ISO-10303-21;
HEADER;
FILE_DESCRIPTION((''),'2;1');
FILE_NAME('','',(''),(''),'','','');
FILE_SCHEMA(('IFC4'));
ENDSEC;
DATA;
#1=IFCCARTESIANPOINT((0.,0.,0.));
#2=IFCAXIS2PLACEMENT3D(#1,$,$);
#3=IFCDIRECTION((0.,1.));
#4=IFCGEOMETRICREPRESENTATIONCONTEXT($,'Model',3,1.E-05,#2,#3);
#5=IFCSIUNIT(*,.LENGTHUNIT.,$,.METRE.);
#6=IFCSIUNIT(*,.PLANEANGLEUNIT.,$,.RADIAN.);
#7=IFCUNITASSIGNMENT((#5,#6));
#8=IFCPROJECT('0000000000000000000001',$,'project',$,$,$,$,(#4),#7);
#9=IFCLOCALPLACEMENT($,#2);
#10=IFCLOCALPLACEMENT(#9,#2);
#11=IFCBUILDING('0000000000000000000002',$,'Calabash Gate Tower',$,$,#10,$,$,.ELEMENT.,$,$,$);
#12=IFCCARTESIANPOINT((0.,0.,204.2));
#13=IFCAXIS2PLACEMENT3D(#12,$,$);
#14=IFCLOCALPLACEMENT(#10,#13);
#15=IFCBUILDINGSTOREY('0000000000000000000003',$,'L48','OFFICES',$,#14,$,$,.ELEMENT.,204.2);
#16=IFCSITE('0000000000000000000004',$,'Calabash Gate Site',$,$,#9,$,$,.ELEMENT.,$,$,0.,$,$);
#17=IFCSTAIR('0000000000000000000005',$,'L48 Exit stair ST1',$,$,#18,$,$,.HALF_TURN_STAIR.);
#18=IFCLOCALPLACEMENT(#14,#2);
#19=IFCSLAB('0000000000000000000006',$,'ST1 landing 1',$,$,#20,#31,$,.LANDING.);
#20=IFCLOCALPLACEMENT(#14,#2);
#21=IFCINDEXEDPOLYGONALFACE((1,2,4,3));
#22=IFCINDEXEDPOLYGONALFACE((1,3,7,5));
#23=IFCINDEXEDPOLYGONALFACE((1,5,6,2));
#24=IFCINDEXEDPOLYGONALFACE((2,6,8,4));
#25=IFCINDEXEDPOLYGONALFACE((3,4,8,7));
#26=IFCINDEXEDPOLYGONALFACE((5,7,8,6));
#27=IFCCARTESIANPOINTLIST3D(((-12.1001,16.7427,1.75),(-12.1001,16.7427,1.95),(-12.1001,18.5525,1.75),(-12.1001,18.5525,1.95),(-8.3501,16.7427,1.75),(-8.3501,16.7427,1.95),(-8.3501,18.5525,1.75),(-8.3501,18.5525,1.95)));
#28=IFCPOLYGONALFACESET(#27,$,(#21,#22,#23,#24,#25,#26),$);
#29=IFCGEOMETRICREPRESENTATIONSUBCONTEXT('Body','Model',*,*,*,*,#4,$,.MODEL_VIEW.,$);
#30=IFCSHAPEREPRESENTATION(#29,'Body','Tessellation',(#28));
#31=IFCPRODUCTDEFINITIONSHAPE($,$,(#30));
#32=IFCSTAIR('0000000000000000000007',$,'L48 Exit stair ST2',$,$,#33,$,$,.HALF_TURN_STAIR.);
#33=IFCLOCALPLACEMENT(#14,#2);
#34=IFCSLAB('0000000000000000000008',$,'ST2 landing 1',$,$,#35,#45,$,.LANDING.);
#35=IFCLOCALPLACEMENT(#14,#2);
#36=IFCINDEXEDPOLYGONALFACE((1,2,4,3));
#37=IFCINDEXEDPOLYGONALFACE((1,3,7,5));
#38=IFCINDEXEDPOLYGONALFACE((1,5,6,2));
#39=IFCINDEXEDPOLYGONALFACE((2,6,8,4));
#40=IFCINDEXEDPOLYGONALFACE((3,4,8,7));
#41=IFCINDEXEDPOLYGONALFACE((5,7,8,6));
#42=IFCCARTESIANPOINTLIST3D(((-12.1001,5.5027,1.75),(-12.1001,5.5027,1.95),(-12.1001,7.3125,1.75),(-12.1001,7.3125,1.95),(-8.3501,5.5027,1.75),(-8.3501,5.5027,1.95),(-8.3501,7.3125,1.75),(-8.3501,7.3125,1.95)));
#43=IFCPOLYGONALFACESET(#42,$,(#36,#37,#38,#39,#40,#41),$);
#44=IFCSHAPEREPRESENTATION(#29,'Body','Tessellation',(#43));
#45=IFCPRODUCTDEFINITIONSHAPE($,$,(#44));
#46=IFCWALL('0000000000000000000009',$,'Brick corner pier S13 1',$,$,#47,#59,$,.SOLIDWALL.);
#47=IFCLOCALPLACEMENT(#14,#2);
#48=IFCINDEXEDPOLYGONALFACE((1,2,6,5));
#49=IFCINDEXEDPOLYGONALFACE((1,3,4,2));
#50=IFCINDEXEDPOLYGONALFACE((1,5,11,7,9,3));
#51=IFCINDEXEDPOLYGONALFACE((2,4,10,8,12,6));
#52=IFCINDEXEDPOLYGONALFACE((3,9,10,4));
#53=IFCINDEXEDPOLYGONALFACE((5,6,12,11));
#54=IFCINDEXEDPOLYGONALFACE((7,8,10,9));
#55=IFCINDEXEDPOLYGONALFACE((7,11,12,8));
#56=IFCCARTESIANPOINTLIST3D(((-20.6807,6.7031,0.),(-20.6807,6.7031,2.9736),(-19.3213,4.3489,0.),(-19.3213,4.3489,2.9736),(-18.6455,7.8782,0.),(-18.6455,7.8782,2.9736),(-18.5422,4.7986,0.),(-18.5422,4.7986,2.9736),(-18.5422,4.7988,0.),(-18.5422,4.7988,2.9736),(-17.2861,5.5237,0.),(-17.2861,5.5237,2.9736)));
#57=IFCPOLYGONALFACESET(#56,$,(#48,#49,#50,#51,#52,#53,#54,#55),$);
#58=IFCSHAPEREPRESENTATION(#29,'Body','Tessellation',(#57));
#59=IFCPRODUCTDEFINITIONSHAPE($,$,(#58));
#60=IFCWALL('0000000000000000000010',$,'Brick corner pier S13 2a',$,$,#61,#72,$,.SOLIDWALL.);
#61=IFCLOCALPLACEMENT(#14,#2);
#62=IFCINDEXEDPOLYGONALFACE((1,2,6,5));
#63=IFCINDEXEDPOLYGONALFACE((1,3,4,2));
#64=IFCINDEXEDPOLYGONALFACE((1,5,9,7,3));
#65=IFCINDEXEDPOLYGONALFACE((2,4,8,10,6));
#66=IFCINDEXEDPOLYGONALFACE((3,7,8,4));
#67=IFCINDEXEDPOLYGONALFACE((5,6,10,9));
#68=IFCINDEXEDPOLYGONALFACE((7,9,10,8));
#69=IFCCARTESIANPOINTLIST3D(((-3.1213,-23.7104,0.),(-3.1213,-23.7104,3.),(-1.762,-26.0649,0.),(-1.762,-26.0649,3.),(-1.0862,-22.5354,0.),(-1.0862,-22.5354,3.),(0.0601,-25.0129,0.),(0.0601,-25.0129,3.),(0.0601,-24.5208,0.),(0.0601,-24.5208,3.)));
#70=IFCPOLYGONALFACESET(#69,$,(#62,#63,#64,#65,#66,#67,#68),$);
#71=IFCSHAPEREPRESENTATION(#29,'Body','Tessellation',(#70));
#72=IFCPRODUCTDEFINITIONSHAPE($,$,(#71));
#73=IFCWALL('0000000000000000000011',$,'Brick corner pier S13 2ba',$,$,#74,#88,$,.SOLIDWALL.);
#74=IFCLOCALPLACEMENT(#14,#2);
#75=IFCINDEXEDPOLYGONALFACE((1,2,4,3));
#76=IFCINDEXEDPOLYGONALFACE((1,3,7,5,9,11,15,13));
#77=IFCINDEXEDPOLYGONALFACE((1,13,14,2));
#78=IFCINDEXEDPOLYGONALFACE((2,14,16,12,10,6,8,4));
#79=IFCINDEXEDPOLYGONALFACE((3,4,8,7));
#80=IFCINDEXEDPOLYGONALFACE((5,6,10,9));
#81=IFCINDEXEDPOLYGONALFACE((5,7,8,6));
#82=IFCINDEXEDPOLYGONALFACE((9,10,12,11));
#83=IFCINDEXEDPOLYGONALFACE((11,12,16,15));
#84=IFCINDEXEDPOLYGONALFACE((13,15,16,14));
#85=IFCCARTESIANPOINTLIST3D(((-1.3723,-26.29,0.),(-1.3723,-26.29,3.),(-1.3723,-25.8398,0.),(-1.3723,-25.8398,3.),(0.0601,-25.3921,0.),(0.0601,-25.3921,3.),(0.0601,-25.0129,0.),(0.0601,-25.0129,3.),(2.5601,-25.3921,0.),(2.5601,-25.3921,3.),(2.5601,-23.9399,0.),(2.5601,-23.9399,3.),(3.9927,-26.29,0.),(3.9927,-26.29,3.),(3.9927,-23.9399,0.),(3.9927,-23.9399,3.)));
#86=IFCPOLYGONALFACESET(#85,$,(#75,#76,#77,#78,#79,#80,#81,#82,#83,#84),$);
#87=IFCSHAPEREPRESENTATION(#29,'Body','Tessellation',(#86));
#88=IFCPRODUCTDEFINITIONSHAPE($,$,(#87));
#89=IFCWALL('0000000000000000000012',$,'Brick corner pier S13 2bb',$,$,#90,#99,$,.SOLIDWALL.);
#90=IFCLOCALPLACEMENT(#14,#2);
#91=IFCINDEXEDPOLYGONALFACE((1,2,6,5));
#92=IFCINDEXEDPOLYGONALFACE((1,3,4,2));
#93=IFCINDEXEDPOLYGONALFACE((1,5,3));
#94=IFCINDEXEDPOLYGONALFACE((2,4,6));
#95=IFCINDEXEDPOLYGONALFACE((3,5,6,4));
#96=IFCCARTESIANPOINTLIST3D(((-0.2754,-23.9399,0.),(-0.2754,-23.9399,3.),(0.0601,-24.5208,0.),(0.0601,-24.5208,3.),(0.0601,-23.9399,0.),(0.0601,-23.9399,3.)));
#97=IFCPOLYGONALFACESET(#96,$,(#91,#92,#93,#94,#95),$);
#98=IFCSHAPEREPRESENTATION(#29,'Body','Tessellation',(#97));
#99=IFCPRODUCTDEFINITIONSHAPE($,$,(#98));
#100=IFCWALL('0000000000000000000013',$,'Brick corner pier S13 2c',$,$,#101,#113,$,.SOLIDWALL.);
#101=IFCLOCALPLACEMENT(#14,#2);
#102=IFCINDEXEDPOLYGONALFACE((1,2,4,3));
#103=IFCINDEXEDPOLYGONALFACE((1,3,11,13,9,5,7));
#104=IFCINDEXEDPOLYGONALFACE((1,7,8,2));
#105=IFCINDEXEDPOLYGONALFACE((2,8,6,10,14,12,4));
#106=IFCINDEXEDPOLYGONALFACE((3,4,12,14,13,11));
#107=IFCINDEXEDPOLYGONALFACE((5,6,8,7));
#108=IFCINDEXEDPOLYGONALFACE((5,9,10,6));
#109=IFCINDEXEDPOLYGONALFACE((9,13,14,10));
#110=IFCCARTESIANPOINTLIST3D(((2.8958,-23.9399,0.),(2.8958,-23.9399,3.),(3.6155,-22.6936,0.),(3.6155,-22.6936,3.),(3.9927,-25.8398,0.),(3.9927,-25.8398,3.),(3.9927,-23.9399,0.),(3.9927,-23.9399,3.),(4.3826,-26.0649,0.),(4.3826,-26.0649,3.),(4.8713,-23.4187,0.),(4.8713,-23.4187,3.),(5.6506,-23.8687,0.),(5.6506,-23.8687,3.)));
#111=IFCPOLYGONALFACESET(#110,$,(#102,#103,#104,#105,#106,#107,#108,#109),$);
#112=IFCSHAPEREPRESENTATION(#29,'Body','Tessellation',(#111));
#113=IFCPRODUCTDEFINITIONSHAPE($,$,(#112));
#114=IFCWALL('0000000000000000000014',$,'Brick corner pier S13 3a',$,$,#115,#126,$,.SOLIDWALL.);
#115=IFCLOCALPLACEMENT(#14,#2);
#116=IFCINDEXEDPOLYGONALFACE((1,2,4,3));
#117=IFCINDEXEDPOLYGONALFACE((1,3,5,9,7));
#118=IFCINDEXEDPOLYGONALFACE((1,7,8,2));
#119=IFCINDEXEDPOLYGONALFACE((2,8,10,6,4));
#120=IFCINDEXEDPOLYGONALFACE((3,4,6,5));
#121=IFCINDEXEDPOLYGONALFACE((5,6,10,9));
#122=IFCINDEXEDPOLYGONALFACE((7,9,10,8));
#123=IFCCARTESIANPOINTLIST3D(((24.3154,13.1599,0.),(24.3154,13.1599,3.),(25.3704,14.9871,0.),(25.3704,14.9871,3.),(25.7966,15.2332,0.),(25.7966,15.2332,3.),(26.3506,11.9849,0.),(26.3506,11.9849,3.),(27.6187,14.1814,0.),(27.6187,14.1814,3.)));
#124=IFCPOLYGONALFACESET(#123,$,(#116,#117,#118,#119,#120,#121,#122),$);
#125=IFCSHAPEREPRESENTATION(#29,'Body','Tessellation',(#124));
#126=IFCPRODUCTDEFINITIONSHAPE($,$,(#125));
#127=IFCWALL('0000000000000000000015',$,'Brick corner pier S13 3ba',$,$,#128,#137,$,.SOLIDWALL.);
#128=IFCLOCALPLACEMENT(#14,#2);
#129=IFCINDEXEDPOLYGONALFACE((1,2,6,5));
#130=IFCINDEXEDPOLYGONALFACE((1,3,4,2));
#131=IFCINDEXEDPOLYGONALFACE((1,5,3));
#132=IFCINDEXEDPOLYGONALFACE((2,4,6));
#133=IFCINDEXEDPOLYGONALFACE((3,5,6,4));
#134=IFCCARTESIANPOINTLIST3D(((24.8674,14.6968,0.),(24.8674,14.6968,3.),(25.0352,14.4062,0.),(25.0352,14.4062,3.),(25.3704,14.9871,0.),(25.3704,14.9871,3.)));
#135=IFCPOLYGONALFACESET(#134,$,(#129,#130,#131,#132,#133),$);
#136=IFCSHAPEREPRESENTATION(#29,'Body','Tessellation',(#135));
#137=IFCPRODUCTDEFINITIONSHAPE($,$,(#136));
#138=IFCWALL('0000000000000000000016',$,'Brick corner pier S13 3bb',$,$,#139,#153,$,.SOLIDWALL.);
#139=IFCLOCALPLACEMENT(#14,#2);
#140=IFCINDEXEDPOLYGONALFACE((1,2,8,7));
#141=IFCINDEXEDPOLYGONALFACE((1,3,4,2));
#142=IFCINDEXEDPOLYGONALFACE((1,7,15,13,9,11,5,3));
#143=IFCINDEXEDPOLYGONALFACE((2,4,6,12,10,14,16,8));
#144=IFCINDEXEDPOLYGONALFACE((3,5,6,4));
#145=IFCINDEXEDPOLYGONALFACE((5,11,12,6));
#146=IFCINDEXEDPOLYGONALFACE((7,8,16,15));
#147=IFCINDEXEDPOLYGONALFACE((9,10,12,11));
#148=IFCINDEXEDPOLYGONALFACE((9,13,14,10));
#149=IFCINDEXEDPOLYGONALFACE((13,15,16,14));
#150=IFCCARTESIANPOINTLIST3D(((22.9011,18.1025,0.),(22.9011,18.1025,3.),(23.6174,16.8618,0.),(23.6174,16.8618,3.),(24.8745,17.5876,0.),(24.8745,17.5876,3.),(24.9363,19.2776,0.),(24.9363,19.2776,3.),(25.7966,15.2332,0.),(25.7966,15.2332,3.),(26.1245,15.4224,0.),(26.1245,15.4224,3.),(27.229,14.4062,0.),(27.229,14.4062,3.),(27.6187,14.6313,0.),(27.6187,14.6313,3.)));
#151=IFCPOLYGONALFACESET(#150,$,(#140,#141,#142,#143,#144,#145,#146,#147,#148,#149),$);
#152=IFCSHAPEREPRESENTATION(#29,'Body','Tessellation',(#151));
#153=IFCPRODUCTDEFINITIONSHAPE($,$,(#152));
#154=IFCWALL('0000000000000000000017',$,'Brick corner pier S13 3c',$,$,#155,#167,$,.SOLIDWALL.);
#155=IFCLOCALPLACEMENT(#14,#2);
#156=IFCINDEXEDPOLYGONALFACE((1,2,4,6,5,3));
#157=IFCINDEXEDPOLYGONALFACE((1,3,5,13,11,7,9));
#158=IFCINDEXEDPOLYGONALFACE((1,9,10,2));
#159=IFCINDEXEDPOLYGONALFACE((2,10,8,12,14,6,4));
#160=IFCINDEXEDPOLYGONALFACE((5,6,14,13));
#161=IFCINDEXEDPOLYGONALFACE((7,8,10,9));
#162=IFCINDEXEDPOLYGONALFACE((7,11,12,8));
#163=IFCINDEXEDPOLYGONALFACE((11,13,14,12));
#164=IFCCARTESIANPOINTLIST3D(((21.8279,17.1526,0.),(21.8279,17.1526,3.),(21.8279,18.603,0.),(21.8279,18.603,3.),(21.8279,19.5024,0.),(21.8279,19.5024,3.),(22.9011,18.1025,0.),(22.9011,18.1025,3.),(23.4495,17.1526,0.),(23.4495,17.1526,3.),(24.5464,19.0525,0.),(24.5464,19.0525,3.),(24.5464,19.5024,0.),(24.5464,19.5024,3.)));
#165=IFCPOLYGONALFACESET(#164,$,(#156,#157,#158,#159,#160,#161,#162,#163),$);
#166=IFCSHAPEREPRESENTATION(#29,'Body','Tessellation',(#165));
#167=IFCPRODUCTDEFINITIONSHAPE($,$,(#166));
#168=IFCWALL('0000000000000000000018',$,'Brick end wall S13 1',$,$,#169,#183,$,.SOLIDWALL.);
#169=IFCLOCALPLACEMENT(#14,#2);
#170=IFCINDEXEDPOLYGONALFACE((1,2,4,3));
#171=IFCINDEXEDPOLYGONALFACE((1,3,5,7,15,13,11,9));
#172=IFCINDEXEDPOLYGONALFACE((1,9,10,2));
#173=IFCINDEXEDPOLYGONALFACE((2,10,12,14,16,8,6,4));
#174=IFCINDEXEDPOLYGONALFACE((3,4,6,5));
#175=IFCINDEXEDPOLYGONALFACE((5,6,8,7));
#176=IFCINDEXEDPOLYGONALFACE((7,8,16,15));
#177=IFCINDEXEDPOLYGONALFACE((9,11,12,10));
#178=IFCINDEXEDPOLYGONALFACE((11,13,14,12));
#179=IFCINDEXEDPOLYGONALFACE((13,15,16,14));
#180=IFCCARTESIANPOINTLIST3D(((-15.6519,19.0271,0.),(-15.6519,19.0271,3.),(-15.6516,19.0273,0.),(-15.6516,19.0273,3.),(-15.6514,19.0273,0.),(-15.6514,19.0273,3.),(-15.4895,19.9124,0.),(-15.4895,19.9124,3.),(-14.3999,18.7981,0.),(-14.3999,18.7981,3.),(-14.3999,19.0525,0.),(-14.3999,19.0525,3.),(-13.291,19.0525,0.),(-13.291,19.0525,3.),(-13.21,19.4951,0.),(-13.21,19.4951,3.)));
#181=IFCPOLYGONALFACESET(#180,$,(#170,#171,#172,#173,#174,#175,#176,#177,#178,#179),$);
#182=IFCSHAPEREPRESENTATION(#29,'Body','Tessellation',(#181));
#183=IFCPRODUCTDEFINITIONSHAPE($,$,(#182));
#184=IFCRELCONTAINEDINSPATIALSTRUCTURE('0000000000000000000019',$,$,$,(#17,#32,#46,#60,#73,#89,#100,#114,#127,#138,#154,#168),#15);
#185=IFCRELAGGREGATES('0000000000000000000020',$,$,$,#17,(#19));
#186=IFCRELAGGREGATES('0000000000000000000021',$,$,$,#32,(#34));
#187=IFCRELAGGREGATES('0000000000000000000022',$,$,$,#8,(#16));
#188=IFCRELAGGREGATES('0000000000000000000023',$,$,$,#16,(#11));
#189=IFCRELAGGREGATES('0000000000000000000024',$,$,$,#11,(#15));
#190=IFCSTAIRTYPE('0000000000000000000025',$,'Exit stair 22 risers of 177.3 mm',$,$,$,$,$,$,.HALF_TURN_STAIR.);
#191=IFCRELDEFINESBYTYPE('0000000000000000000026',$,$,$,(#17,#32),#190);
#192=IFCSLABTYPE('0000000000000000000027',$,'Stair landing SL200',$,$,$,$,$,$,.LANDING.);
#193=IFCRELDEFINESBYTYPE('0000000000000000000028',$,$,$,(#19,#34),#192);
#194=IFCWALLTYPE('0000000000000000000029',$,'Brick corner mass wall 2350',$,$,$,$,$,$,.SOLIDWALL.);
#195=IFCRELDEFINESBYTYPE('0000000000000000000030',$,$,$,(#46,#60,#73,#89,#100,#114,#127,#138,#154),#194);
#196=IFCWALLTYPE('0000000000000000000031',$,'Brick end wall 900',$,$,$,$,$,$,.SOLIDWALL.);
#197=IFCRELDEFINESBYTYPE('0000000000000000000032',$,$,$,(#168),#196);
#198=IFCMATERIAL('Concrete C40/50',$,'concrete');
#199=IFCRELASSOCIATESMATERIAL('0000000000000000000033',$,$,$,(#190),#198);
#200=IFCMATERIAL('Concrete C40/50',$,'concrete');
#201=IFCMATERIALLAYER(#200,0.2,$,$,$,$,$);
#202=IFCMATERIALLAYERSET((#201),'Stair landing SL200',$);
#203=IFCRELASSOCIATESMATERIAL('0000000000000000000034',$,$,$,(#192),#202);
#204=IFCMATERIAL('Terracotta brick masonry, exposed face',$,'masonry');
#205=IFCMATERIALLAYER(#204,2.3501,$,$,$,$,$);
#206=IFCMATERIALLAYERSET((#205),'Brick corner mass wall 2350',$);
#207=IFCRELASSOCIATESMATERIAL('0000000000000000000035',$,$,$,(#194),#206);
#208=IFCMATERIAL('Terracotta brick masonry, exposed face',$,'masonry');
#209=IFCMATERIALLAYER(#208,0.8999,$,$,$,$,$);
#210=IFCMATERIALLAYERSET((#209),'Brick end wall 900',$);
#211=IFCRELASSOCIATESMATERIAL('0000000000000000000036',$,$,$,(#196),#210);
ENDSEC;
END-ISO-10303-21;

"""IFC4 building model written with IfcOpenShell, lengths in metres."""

from ifc_helpers import new_model, si_unit, direction, frame, origin, place, context, subcontext, project, spatial, polyline, outline, extrude, material, layer, layer_set, type_object, element, aggregate, save


model = new_model("IFC4")

# Units and contexts
model_context = context("Model", 3, precision=1e-05, world=origin(), true_north=direction((0.0, 1.0)))
body_context = subcontext(model_context, "Body", "Model", "MODEL_VIEW")
ifc_project = project(units=[si_unit("LENGTHUNIT", "METRE"), si_unit("PLANEANGLEUNIT", "RADIAN")], contexts=[model_context])

# Site, building, storey
site_placement = place(None, origin())
site = spatial("IfcSite", under=ifc_project, at=site_placement, Name="Calabash Gate Site", CompositionType="ELEMENT", RefElevation=0.0)
building_placement = place(site_placement, origin())
building = spatial("IfcBuilding", under=site, at=building_placement, Name="Calabash Gate Tower", CompositionType="ELEMENT")
storey_placement = place(building_placement, frame((0.0, 0.0, 204.2)))
storey = spatial("IfcBuildingStorey", under=building, at=storey_placement, Name="L48", Description="OFFICES", CompositionType="ELEMENT", Elevation=204.2)

# Stairs, slabs
ifc_material_1 = material(Name="Concrete C40/50", Category="concrete")
stair_type = type_object("IfcStairType", Name="Exit stair 22 risers of 177.3 mm", PredefinedType="HALF_TURN_STAIR", material=ifc_material_1)
stair_1_placement = place(storey_placement, origin())
stair_1 = element("IfcStair", 1, at=stair_1_placement, inside=storey, type_object=stair_type, Name="L48 Exit stair ST1", PredefinedType="HALF_TURN_STAIR")
ifc_material_2 = material(Name="Concrete C40/50", Category="concrete")
ifc_layer_1 = layer(ifc_material_2, 0.2)
ifc_layer_set_1 = layer_set([ifc_layer_1], Name="Stair landing SL200")
slab_type = type_object("IfcSlabType", Name="Stair landing SL200", PredefinedType="LANDING", material=ifc_layer_set_1)
slab_1_placement = place(storey_placement, frame((0.0, 0.0, 1.75)))
slab_1 = element("IfcSlab", 2, at=slab_1_placement, type_object=slab_type, Name="ST1 landing 1", PredefinedType="LANDING", context=body_context, shape_type="SweptSolid", body=[
    extrude(outline(polyline([(-8.3501, 16.7427), (-8.3501, 18.5525), (-12.1001, 18.5525), (-12.1001, 16.7427), (-8.3501, 16.7427)])), origin(), (0.0, 0.0, 1.0), 0.2),
])
aggregate(stair_1, [slab_1])
stair_2_placement = place(storey_placement, origin())
stair_2 = element("IfcStair", 3, at=stair_2_placement, inside=storey, type_object=stair_type, Name="L48 Exit stair ST2", PredefinedType="HALF_TURN_STAIR")
slab_2_placement = place(storey_placement, frame((0.0, 0.0, 1.75)))
slab_2 = element("IfcSlab", 4, at=slab_2_placement, type_object=slab_type, Name="ST2 landing 1", PredefinedType="LANDING", context=body_context, shape_type="SweptSolid", body=[
    extrude(outline(polyline([(-12.1001, 7.3125), (-12.1001, 5.5027), (-8.3501, 5.5027), (-8.3501, 7.3125), (-12.1001, 7.3125)])), origin(), (0.0, 0.0, 1.0), 0.2),
])
aggregate(stair_2, [slab_2])

# Walls
ifc_material_3 = material(Name="Terracotta brick masonry, exposed face", Category="masonry")
ifc_layer_2 = layer(ifc_material_3, 2.3501)
ifc_layer_set_2 = layer_set([ifc_layer_2], Name="Brick corner mass wall 2350")
wall_type_1 = type_object("IfcWallType", Name="Brick corner mass wall 2350", PredefinedType="SOLIDWALL", material=ifc_layer_set_2)
wall_1_placement = place(storey_placement, origin())
element("IfcWall", 5, at=wall_1_placement, inside=storey, type_object=wall_type_1, Name="Brick corner pier S13 1", PredefinedType="SOLIDWALL", context=body_context, shape_type="SweptSolid", body=[
    extrude(outline(polyline([(-20.6807, 6.7031), (-19.3213, 4.3489), (-18.5422, 4.7988), (-18.5422, 4.7986), (-17.2861, 5.5237), (-18.6455, 7.8782), (-20.6807, 6.7031)])), origin(), (0.0, 0.0, 1.0), 2.9736),
])
wall_2_placement = place(storey_placement, origin())
element("IfcWall", 6, at=wall_2_placement, inside=storey, type_object=wall_type_1, Name="Brick corner pier S13 2a", PredefinedType="SOLIDWALL", context=body_context, shape_type="SweptSolid", body=[
    extrude(outline(polyline([(0.0601, -24.5208), (-1.0862, -22.5354), (-3.1213, -23.7104), (-1.762, -26.0649), (0.0601, -25.0129), (0.0601, -24.5208)])), origin(), (0.0, 0.0, 1.0), 3.0),
])
wall_3_placement = place(storey_placement, origin())
element("IfcWall", 7, at=wall_3_placement, inside=storey, type_object=wall_type_1, Name="Brick corner pier S13 2ba", PredefinedType="SOLIDWALL", context=body_context, shape_type="SweptSolid", body=[
    extrude(outline(polyline([(2.5601, -23.9399), (2.5601, -25.3921), (0.0601, -25.3921), (0.0601, -25.0129), (-1.3723, -25.8398), (-1.3723, -26.29), (3.9927, -26.29), (3.9927, -23.9399), (2.5601, -23.9399)])), origin(), (0.0, 0.0, 1.0), 3.0),
])
wall_4_placement = place(storey_placement, origin())
element("IfcWall", 8, at=wall_4_placement, inside=storey, type_object=wall_type_1, Name="Brick corner pier S13 2bb", PredefinedType="SOLIDWALL", context=body_context, shape_type="SweptSolid", body=[
    extrude(outline(polyline([(-0.2754, -23.9399), (0.0601, -24.5208), (0.0601, -23.9399), (-0.2754, -23.9399)])), origin(), (0.0, 0.0, 1.0), 3.0),
])
wall_5_placement = place(storey_placement, origin())
element("IfcWall", 9, at=wall_5_placement, inside=storey, type_object=wall_type_1, Name="Brick corner pier S13 2c", PredefinedType="SOLIDWALL", context=body_context, shape_type="SweptSolid", body=[
    extrude(outline(polyline([(4.8713, -23.4187), (3.6155, -22.6936), (2.8958, -23.9399), (3.9927, -23.9399), (3.9927, -25.8398), (4.3826, -26.0649), (5.6506, -23.8687), (4.8713, -23.4187), (4.8713, -23.4187)])), origin(), (0.0, 0.0, 1.0), 3.0),
])
wall_6_placement = place(storey_placement, origin())
element("IfcWall", 10, at=wall_6_placement, inside=storey, type_object=wall_type_1, Name="Brick corner pier S13 3a", PredefinedType="SOLIDWALL", context=body_context, shape_type="SweptSolid", body=[
    extrude(outline(polyline([(25.3704, 14.9871), (24.3154, 13.1599), (26.3506, 11.9849), (27.6187, 14.1814), (25.7966, 15.2332), (25.3704, 14.9871)])), origin(), (0.0, 0.0, 1.0), 3.0),
])
wall_7_placement = place(storey_placement, origin())
element("IfcWall", 11, at=wall_7_placement, inside=storey, type_object=wall_type_1, Name="Brick corner pier S13 3ba", PredefinedType="SOLIDWALL", context=body_context, shape_type="SweptSolid", body=[
    extrude(outline(polyline([(25.0352, 14.4062), (25.3704, 14.9871), (24.8674, 14.6968), (25.0352, 14.4062)])), origin(), (0.0, 0.0, 1.0), 3.0),
])
wall_8_placement = place(storey_placement, origin())
element("IfcWall", 12, at=wall_8_placement, inside=storey, type_object=wall_type_1, Name="Brick corner pier S13 3bb", PredefinedType="SOLIDWALL", context=body_context, shape_type="SweptSolid", body=[
    extrude(outline(polyline([(22.9011, 18.1025), (23.6174, 16.8618), (24.8745, 17.5876), (26.1245, 15.4224), (25.7966, 15.2332), (27.229, 14.4062), (27.6187, 14.6313), (24.9363, 19.2776), (22.9011, 18.1025)])), origin(), (0.0, 0.0, 1.0), 3.0),
])
wall_9_placement = place(storey_placement, origin())
element("IfcWall", 13, at=wall_9_placement, inside=storey, type_object=wall_type_1, Name="Brick corner pier S13 3c", PredefinedType="SOLIDWALL", context=body_context, shape_type="SweptSolid", body=[
    extrude(outline(polyline([(21.8279, 18.603), (21.8279, 17.1526), (23.4495, 17.1526), (22.9011, 18.1025), (24.5464, 19.0525), (24.5464, 19.5024), (21.8279, 19.5024), (21.8279, 18.603), (21.8279, 18.603)])), origin(), (0.0, 0.0, 1.0), 3.0),
])
ifc_material_4 = material(Name="Terracotta brick masonry, exposed face", Category="masonry")
ifc_layer_3 = layer(ifc_material_4, 0.8999)
ifc_layer_set_3 = layer_set([ifc_layer_3], Name="Brick end wall 900")
wall_type_2 = type_object("IfcWallType", Name="Brick end wall 900", PredefinedType="SOLIDWALL", material=ifc_layer_set_3)
wall_10_placement = place(storey_placement, origin())
element("IfcWall", 14, at=wall_10_placement, inside=storey, type_object=wall_type_2, Name="Brick end wall S13 1", PredefinedType="SOLIDWALL", context=body_context, shape_type="SweptSolid", body=[
    extrude(outline(polyline([(-15.6516, 19.0273), (-15.6519, 19.0271), (-14.3999, 18.7981), (-14.3999, 19.0525), (-13.291, 19.0525), (-13.21, 19.4951), (-15.4895, 19.9124), (-15.6514, 19.0273), (-15.6516, 19.0273)])), origin(), (0.0, 0.0, 1.0), 3.0),
])

save(model, "model.ifc")
